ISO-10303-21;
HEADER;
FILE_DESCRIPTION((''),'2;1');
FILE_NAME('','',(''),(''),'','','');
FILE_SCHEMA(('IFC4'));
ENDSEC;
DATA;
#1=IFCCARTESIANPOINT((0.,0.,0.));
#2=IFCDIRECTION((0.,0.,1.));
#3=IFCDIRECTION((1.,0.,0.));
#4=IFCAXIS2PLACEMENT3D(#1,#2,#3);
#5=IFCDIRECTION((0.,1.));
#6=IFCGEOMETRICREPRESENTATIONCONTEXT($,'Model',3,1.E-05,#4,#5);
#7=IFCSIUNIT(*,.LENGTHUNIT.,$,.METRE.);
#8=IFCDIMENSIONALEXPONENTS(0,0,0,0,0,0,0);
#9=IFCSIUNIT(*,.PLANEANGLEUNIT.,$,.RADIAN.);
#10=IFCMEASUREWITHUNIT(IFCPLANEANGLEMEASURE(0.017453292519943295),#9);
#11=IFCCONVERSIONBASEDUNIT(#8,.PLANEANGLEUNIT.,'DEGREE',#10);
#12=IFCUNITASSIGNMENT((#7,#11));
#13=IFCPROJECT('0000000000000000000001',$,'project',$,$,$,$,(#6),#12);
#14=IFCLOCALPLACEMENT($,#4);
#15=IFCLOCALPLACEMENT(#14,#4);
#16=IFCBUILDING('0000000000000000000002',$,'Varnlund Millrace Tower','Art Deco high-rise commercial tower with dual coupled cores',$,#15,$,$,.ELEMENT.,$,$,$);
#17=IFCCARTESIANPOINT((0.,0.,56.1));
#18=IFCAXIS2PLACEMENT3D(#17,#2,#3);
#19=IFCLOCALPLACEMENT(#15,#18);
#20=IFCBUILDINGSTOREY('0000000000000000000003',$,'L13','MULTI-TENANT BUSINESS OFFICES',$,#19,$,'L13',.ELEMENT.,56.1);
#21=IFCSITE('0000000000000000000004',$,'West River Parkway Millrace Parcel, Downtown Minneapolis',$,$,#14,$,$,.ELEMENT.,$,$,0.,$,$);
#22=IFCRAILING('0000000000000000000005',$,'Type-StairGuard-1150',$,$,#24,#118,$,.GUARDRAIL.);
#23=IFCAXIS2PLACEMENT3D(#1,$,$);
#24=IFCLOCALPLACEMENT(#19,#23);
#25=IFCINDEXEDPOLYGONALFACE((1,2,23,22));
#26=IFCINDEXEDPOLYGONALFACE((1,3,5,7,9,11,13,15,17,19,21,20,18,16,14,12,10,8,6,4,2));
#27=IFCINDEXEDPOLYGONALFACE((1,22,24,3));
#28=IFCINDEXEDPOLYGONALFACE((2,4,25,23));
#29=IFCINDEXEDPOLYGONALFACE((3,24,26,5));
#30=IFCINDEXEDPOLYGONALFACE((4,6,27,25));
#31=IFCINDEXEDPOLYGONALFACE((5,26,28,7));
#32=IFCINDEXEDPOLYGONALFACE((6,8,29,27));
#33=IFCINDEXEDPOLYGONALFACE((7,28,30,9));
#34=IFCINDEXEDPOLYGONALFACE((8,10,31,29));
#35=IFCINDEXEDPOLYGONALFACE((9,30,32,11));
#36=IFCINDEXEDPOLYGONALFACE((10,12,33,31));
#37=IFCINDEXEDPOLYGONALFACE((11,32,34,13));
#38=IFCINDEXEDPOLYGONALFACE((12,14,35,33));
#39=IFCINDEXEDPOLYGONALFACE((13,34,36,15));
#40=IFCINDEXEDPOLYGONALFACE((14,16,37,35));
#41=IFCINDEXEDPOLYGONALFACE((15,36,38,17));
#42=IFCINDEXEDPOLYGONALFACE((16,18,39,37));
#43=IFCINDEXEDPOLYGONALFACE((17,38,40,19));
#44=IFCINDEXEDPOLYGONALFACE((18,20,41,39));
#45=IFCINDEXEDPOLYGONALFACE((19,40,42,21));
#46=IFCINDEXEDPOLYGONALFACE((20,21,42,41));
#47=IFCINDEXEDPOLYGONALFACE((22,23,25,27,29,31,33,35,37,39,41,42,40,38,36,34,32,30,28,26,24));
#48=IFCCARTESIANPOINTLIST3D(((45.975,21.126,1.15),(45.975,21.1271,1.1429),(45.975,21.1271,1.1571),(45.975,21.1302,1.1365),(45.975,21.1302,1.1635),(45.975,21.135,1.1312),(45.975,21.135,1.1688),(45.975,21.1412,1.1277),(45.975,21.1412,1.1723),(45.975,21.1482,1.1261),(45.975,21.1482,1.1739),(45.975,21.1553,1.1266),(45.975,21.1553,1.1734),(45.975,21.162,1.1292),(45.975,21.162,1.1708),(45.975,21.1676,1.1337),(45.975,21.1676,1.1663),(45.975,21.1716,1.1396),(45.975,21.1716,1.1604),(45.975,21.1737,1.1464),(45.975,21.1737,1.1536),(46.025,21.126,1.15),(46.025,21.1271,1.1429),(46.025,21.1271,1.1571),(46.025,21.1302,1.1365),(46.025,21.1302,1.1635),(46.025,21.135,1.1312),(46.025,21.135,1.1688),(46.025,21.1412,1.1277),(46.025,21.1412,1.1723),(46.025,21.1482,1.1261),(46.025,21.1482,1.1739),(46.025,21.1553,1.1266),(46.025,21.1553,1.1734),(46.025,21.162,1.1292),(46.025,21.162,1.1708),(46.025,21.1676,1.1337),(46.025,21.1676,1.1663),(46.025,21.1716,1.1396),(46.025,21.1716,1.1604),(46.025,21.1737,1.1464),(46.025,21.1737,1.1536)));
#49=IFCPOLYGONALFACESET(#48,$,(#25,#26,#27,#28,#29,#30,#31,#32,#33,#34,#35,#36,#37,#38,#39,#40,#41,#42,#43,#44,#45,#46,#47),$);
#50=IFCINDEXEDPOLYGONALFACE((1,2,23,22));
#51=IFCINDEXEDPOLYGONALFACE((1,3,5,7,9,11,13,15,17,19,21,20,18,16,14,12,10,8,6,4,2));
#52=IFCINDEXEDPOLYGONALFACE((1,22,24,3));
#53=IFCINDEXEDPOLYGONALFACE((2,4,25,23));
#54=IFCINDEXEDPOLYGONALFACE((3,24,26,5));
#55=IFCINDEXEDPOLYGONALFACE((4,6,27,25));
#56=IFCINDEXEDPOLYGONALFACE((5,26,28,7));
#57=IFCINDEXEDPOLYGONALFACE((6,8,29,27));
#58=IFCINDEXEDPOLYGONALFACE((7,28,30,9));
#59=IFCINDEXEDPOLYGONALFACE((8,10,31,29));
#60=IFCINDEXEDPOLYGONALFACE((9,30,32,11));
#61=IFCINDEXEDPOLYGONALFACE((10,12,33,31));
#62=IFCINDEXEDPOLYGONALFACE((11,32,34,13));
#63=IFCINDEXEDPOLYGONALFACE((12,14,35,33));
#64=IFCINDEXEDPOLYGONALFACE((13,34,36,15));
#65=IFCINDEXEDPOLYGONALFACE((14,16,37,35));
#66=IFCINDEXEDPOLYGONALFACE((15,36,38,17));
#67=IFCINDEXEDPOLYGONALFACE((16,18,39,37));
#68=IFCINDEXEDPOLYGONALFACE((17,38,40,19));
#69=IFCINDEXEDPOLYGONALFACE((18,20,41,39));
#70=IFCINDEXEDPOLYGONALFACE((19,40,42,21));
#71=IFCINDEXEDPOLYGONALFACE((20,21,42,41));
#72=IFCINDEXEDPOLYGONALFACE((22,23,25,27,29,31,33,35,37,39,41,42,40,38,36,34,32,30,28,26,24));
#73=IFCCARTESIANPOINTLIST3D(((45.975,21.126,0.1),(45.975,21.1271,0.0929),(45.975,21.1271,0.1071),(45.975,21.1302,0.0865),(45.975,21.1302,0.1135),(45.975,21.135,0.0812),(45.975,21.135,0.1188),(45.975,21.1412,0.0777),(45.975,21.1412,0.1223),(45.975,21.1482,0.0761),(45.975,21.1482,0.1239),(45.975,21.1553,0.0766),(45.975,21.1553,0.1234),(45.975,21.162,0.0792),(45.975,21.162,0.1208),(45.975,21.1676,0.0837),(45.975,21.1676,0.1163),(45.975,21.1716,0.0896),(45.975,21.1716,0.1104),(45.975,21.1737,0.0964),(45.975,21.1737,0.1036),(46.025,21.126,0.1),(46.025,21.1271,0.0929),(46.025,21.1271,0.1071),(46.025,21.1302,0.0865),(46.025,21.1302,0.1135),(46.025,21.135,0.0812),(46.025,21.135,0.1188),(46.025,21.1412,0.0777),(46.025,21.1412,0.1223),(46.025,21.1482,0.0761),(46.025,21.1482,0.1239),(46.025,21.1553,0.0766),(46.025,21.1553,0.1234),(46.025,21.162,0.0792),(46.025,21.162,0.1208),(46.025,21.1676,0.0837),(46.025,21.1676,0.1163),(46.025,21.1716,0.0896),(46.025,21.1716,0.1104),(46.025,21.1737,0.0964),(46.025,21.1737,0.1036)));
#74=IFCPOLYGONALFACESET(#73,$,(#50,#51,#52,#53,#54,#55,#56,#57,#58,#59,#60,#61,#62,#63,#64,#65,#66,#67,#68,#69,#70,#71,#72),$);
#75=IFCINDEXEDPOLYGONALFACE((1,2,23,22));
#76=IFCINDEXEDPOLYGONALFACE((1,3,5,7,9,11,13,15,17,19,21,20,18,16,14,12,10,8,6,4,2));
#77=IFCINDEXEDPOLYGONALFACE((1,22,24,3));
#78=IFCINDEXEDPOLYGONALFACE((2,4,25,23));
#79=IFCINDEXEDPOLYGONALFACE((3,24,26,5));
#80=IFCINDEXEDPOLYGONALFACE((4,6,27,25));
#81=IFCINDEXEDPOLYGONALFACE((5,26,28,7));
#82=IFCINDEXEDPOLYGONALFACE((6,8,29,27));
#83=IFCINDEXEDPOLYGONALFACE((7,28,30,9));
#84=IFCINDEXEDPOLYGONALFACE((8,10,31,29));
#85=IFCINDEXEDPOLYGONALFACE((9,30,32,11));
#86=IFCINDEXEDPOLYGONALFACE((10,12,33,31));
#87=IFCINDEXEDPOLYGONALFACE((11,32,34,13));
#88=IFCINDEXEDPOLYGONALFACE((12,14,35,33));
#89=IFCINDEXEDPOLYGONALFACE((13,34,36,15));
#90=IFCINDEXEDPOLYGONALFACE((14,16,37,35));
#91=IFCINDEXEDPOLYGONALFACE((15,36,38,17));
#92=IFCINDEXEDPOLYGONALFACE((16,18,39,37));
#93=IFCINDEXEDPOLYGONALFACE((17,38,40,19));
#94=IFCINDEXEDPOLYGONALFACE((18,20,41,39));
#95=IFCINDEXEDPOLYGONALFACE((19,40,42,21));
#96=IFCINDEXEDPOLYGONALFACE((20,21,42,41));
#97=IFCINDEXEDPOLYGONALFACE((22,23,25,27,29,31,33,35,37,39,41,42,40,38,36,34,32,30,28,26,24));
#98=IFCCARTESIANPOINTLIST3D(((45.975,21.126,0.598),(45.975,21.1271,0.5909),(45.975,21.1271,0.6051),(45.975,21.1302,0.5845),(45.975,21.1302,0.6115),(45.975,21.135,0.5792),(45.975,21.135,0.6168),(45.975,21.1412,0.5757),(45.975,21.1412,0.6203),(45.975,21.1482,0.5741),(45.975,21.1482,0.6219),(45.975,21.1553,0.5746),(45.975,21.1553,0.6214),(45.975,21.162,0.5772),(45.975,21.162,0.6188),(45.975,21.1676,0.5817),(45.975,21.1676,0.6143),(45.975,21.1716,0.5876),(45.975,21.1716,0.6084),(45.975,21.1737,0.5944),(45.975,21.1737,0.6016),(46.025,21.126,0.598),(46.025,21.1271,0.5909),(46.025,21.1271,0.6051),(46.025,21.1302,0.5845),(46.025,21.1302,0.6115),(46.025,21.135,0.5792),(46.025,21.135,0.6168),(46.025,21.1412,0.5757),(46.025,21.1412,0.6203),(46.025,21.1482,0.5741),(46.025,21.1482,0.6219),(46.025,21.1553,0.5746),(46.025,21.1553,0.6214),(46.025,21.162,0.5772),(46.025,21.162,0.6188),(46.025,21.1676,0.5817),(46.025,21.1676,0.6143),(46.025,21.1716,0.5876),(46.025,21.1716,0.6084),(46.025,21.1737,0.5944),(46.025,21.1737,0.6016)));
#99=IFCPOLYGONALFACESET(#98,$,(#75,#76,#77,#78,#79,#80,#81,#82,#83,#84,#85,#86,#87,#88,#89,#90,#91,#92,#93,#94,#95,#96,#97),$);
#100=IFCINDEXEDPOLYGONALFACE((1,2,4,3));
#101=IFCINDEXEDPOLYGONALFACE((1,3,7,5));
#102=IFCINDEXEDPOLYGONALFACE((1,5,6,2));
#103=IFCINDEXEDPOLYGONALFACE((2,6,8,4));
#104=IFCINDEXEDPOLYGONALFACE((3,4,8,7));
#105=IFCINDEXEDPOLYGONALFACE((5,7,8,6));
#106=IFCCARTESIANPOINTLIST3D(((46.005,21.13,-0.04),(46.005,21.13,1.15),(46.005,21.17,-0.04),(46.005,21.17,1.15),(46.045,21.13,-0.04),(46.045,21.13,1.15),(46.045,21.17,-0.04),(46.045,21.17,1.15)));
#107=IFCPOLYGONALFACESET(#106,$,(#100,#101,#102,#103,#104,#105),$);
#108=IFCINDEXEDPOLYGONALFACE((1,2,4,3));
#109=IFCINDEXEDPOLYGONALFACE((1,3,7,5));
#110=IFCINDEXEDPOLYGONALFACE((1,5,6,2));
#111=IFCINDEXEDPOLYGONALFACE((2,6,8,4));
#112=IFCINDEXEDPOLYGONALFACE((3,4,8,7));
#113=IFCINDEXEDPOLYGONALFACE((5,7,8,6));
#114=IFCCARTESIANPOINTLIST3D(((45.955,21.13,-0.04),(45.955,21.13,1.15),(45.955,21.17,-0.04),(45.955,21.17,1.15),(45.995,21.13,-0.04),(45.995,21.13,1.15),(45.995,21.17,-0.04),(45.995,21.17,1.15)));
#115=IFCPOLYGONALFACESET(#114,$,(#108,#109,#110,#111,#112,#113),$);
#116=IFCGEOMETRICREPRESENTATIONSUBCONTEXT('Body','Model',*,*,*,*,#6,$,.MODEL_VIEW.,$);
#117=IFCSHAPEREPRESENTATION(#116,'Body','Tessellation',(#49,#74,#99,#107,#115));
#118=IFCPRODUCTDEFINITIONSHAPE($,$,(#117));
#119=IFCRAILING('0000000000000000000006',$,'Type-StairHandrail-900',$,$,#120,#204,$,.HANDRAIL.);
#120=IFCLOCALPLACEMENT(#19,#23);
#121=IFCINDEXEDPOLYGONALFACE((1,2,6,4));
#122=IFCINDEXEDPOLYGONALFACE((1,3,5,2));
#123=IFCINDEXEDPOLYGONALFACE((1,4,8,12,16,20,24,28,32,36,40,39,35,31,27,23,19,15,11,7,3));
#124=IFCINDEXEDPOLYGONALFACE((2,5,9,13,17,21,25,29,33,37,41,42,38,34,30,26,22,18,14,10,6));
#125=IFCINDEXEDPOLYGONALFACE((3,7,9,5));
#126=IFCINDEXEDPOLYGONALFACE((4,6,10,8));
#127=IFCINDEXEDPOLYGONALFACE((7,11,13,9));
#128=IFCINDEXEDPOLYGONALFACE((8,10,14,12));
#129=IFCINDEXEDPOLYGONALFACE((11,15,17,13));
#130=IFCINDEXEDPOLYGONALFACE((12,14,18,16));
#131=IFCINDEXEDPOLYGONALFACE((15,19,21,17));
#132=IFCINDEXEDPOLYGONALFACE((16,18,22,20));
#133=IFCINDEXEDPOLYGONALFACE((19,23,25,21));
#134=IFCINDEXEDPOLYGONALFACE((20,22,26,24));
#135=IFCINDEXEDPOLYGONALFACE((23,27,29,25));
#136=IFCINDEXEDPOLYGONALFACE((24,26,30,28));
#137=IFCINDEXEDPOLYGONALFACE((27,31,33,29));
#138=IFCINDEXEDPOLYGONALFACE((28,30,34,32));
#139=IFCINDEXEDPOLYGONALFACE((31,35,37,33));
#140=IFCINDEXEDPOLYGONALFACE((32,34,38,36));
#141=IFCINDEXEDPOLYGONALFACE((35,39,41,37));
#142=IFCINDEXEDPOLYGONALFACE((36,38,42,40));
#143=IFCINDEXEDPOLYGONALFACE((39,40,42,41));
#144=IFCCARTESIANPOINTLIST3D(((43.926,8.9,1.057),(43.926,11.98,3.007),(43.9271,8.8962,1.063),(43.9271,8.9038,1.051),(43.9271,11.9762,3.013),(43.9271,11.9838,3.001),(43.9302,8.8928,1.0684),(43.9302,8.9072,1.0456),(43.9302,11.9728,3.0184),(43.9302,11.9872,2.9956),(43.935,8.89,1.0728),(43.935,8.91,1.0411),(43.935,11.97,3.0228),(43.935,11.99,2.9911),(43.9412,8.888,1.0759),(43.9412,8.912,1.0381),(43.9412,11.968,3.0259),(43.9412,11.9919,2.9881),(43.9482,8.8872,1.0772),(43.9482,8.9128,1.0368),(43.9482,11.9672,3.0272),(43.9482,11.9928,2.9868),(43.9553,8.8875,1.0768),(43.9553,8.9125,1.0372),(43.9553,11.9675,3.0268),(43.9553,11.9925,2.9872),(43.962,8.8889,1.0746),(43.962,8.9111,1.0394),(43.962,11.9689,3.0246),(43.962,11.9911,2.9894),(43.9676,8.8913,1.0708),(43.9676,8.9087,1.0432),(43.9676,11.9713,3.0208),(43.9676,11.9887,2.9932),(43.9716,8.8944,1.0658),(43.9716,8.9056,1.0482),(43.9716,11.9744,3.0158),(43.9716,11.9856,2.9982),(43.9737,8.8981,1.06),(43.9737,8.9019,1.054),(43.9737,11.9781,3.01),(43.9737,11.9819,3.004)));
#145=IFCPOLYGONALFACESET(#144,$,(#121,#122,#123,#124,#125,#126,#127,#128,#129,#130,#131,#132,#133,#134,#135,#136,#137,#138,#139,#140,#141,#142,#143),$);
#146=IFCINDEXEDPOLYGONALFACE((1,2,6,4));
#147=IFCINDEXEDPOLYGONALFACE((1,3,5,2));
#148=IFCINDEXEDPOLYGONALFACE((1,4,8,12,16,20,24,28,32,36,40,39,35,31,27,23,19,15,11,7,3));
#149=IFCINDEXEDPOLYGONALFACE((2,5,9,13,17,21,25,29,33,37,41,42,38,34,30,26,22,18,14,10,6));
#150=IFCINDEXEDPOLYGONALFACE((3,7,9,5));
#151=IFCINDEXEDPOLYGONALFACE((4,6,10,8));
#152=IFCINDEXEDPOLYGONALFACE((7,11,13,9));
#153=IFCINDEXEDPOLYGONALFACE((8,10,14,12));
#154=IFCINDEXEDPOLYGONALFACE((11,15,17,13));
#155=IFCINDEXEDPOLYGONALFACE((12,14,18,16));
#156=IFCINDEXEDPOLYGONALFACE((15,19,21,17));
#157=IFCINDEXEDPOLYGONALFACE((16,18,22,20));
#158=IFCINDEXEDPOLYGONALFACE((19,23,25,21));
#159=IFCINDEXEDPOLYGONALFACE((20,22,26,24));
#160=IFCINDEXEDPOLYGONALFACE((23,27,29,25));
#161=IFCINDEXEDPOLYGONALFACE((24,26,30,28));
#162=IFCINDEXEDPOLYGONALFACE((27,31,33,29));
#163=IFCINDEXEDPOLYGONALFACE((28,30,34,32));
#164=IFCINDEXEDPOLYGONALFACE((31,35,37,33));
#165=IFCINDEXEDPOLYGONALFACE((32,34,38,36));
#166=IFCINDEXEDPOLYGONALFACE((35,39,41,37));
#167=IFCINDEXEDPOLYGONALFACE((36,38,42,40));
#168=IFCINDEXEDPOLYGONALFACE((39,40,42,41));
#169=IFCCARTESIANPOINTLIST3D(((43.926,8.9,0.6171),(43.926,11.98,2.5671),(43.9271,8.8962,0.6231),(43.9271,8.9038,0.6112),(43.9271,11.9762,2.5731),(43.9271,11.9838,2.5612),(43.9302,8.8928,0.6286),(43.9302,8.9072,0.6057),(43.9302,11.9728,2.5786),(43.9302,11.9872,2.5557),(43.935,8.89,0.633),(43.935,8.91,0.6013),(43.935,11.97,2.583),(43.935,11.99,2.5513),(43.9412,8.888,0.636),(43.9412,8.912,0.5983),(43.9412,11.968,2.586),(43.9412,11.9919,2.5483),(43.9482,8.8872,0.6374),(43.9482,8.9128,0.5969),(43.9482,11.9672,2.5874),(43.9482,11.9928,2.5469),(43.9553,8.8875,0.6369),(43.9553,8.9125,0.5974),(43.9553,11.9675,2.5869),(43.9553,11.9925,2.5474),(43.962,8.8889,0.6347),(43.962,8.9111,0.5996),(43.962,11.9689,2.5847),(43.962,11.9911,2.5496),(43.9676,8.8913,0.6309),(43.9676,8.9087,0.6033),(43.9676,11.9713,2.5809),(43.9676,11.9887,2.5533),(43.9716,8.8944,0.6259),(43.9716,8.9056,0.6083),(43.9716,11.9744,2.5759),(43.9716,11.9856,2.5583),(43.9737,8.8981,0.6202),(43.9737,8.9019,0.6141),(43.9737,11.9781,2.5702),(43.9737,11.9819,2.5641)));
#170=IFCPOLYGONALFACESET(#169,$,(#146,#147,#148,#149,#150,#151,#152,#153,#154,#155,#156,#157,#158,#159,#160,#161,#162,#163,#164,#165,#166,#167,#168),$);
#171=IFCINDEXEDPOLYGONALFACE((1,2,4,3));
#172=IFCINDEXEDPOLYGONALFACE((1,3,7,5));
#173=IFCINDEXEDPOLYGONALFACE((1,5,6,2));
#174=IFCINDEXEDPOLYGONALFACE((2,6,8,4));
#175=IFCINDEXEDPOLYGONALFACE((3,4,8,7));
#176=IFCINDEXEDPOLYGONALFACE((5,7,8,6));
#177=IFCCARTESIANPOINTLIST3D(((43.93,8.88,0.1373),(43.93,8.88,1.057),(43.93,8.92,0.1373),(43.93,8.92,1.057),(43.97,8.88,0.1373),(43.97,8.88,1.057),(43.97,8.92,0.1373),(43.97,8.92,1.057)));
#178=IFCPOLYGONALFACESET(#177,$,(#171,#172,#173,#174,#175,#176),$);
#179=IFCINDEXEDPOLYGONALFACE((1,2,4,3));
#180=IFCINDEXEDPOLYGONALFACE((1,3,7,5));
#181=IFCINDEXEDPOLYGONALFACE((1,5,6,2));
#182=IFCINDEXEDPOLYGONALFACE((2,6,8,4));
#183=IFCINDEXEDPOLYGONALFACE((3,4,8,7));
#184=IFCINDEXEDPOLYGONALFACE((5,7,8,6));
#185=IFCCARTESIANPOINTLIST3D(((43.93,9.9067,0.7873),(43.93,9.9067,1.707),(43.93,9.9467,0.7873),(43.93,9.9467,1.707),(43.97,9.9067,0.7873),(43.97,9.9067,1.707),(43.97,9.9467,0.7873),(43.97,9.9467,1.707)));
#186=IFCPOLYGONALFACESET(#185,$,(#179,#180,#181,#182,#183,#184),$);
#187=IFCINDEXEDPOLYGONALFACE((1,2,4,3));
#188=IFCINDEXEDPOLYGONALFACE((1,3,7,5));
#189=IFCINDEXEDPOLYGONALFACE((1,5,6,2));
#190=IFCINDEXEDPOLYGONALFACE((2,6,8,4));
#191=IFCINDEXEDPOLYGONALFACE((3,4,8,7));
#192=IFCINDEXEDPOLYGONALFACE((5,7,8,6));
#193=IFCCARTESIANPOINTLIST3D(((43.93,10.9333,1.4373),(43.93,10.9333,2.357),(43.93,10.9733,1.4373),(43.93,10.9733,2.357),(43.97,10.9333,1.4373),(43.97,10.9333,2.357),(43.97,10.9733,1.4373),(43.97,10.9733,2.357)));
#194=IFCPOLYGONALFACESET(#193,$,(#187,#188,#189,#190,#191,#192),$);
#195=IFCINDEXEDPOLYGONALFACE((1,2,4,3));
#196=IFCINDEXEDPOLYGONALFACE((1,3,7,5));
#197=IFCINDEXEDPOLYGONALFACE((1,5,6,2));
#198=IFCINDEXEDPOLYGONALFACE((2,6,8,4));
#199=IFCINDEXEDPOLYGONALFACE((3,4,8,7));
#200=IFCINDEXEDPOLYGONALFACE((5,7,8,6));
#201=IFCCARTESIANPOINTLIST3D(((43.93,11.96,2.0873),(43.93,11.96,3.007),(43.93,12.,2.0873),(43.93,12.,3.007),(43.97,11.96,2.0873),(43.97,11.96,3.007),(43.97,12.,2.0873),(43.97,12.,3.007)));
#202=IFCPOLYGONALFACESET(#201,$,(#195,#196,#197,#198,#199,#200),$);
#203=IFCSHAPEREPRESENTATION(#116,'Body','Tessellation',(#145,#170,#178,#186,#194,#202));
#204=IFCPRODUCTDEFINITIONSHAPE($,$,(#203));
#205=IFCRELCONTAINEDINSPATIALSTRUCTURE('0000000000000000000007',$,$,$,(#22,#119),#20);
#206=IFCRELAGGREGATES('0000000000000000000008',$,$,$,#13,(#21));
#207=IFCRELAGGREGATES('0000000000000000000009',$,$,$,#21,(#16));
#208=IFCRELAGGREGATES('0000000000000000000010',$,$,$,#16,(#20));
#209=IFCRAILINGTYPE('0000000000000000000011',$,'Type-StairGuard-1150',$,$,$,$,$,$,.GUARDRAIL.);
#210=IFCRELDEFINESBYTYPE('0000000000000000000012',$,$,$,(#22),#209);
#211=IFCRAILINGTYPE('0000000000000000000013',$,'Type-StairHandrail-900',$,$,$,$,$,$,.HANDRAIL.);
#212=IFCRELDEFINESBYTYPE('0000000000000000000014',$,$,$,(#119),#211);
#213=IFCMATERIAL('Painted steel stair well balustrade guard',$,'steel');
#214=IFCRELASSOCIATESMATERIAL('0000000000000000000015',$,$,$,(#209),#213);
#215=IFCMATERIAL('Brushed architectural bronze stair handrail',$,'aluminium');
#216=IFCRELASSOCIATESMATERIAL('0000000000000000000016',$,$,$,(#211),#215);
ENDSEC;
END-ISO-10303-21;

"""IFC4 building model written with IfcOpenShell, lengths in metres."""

from ifc_helpers import new_model, entity, si_unit, converted_unit, direction, frame, origin_with_axes, origin_2d_with_axis, place, context, subcontext, project, spatial, rectangle, circle, extrude, material, type_object, element, save


model = new_model("IFC4")

# Units and contexts
model_context = context("Model", 3, precision=1e-05, world=origin_with_axes(), true_north=direction((0.0, 1.0)))
body_context = subcontext(model_context, "Body", "Model", "MODEL_VIEW")
ifc_project = project(units=[si_unit("LENGTHUNIT", "METRE"), converted_unit("PLANEANGLEUNIT", "DEGREE", entity("IfcPlaneAngleMeasure", 0.017453292519943295), si_unit("PLANEANGLEUNIT", "RADIAN"), dimensions=[0, 0, 0, 0, 0, 0, 0])], contexts=[model_context])

# Site, building, storey
site_placement = place(None, origin_with_axes())
site = spatial("IfcSite", under=ifc_project, at=site_placement, Name="West River Parkway Millrace Parcel, Downtown Minneapolis", CompositionType="ELEMENT", RefElevation=0.0)
building_placement = place(site_placement, origin_with_axes())
building = spatial("IfcBuilding", under=site, at=building_placement, Name="Varnlund Millrace Tower", Description="Art Deco high-rise commercial tower with dual coupled cores", CompositionType="ELEMENT")
storey_placement = place(building_placement, frame((0.0, 0.0, 56.1), z_axis=(0.0, 0.0, 1.0), x_axis=(1.0, 0.0, 0.0)))
storey = spatial("IfcBuildingStorey", under=building, at=storey_placement, Name="L13", Description="MULTI-TENANT BUSINESS OFFICES", LongName="L13", CompositionType="ELEMENT", Elevation=56.1)

# Railings
ifc_material_1 = material(Name="Painted steel stair well balustrade guard", Category="steel")
railing_type_1 = type_object("IfcRailingType", Name="Type-StairGuard-1150", PredefinedType="GUARDRAIL", material=ifc_material_1)
railing_1_placement = place(storey_placement, frame((0.0, 0.0, -56.1), z_axis=(0.0, 0.0, 1.0), x_axis=(1.0, 0.0, 0.0)))
element("IfcRailing", 1, at=railing_1_placement, inside=storey, type_object=railing_type_1, Name="Type-StairGuard-1150", PredefinedType="GUARDRAIL", context=body_context, shape_type="SweptSolid", body=[
    extrude(circle(Radius=0.024, at=origin_2d_with_axis()), frame((46.025, 21.15, 57.25), z_axis=(-1.0, 0.0, 0.0), x_axis=(0.0, -1.0, 0.0)), (0.0, 0.0, 1.0), 0.05),
    extrude(circle(Radius=0.024, at=origin_2d_with_axis()), frame((46.025, 21.15, 56.2), z_axis=(-1.0, 0.0, 0.0), x_axis=(0.0, -1.0, 0.0)), (0.0, 0.0, 1.0), 0.05),
    extrude(circle(Radius=0.024, at=origin_2d_with_axis()), frame((46.025, 21.15, 56.698), z_axis=(-1.0, 0.0, 0.0), x_axis=(0.0, -1.0, 0.0)), (0.0, 0.0, 1.0), 0.05),
    extrude(rectangle(XDim=0.04, YDim=0.04, at=origin_2d_with_axis()), frame((46.025, 21.15, 56.06), z_axis=(0.0, 0.0, 1.0), x_axis=(1.0, 0.0, 0.0)), (0.0, 0.0, 1.0), 1.19),
    extrude(rectangle(XDim=0.04, YDim=0.04, at=origin_2d_with_axis()), frame((45.975, 21.15, 56.06), z_axis=(0.0, 0.0, 1.0), x_axis=(1.0, 0.0, 0.0)), (0.0, 0.0, 1.0), 1.19),
])
ifc_material_2 = material(Name="Brushed architectural bronze stair handrail", Category="aluminium")
railing_type_2 = type_object("IfcRailingType", Name="Type-StairHandrail-900", PredefinedType="HANDRAIL", material=ifc_material_2)
railing_2_placement = place(storey_placement, frame((0.0, 0.0, -56.1), z_axis=(0.0, 0.0, 1.0), x_axis=(1.0, 0.0, 0.0)))
element("IfcRailing", 2, at=railing_2_placement, inside=storey, type_object=railing_type_2, Name="Type-StairHandrail-900", PredefinedType="HANDRAIL", context=body_context, shape_type="SweptSolid", body=[
    extrude(circle(Radius=0.024, at=origin_2d_with_axis()), frame((43.95, 8.9, 57.157), z_axis=(0.0, 0.844902, 0.534922), x_axis=(-1.0, 0.0, 0.0)), (0.0, 0.0, 1.0), 3.6454),
    extrude(circle(Radius=0.024, at=origin_2d_with_axis()), frame((43.95, 8.9, 56.7171), z_axis=(0.0, 0.844902, 0.534922), x_axis=(-1.0, 0.0, 0.0)), (0.0, 0.0, 1.0), 3.6454),
    extrude(rectangle(XDim=0.04, YDim=0.04, at=origin_2d_with_axis()), frame((43.95, 8.9, 56.2373), z_axis=(0.0, 0.0, 1.0), x_axis=(1.0, 0.0, 0.0)), (0.0, 0.0, 1.0), 0.9197),
    extrude(rectangle(XDim=0.04, YDim=0.04, at=origin_2d_with_axis()), frame((43.95, 9.9267, 56.8873), z_axis=(0.0, 0.0, 1.0), x_axis=(1.0, 0.0, 0.0)), (0.0, 0.0, 1.0), 0.9197),
    extrude(rectangle(XDim=0.04, YDim=0.04, at=origin_2d_with_axis()), frame((43.95, 10.9533, 57.5373), z_axis=(0.0, 0.0, 1.0), x_axis=(1.0, 0.0, 0.0)), (0.0, 0.0, 1.0), 0.9197),
    extrude(rectangle(XDim=0.04, YDim=0.04, at=origin_2d_with_axis()), frame((43.95, 11.98, 58.1873), z_axis=(0.0, 0.0, 1.0), x_axis=(1.0, 0.0, 0.0)), (0.0, 0.0, 1.0), 0.9197),
])

save(model, "model.ifc")
